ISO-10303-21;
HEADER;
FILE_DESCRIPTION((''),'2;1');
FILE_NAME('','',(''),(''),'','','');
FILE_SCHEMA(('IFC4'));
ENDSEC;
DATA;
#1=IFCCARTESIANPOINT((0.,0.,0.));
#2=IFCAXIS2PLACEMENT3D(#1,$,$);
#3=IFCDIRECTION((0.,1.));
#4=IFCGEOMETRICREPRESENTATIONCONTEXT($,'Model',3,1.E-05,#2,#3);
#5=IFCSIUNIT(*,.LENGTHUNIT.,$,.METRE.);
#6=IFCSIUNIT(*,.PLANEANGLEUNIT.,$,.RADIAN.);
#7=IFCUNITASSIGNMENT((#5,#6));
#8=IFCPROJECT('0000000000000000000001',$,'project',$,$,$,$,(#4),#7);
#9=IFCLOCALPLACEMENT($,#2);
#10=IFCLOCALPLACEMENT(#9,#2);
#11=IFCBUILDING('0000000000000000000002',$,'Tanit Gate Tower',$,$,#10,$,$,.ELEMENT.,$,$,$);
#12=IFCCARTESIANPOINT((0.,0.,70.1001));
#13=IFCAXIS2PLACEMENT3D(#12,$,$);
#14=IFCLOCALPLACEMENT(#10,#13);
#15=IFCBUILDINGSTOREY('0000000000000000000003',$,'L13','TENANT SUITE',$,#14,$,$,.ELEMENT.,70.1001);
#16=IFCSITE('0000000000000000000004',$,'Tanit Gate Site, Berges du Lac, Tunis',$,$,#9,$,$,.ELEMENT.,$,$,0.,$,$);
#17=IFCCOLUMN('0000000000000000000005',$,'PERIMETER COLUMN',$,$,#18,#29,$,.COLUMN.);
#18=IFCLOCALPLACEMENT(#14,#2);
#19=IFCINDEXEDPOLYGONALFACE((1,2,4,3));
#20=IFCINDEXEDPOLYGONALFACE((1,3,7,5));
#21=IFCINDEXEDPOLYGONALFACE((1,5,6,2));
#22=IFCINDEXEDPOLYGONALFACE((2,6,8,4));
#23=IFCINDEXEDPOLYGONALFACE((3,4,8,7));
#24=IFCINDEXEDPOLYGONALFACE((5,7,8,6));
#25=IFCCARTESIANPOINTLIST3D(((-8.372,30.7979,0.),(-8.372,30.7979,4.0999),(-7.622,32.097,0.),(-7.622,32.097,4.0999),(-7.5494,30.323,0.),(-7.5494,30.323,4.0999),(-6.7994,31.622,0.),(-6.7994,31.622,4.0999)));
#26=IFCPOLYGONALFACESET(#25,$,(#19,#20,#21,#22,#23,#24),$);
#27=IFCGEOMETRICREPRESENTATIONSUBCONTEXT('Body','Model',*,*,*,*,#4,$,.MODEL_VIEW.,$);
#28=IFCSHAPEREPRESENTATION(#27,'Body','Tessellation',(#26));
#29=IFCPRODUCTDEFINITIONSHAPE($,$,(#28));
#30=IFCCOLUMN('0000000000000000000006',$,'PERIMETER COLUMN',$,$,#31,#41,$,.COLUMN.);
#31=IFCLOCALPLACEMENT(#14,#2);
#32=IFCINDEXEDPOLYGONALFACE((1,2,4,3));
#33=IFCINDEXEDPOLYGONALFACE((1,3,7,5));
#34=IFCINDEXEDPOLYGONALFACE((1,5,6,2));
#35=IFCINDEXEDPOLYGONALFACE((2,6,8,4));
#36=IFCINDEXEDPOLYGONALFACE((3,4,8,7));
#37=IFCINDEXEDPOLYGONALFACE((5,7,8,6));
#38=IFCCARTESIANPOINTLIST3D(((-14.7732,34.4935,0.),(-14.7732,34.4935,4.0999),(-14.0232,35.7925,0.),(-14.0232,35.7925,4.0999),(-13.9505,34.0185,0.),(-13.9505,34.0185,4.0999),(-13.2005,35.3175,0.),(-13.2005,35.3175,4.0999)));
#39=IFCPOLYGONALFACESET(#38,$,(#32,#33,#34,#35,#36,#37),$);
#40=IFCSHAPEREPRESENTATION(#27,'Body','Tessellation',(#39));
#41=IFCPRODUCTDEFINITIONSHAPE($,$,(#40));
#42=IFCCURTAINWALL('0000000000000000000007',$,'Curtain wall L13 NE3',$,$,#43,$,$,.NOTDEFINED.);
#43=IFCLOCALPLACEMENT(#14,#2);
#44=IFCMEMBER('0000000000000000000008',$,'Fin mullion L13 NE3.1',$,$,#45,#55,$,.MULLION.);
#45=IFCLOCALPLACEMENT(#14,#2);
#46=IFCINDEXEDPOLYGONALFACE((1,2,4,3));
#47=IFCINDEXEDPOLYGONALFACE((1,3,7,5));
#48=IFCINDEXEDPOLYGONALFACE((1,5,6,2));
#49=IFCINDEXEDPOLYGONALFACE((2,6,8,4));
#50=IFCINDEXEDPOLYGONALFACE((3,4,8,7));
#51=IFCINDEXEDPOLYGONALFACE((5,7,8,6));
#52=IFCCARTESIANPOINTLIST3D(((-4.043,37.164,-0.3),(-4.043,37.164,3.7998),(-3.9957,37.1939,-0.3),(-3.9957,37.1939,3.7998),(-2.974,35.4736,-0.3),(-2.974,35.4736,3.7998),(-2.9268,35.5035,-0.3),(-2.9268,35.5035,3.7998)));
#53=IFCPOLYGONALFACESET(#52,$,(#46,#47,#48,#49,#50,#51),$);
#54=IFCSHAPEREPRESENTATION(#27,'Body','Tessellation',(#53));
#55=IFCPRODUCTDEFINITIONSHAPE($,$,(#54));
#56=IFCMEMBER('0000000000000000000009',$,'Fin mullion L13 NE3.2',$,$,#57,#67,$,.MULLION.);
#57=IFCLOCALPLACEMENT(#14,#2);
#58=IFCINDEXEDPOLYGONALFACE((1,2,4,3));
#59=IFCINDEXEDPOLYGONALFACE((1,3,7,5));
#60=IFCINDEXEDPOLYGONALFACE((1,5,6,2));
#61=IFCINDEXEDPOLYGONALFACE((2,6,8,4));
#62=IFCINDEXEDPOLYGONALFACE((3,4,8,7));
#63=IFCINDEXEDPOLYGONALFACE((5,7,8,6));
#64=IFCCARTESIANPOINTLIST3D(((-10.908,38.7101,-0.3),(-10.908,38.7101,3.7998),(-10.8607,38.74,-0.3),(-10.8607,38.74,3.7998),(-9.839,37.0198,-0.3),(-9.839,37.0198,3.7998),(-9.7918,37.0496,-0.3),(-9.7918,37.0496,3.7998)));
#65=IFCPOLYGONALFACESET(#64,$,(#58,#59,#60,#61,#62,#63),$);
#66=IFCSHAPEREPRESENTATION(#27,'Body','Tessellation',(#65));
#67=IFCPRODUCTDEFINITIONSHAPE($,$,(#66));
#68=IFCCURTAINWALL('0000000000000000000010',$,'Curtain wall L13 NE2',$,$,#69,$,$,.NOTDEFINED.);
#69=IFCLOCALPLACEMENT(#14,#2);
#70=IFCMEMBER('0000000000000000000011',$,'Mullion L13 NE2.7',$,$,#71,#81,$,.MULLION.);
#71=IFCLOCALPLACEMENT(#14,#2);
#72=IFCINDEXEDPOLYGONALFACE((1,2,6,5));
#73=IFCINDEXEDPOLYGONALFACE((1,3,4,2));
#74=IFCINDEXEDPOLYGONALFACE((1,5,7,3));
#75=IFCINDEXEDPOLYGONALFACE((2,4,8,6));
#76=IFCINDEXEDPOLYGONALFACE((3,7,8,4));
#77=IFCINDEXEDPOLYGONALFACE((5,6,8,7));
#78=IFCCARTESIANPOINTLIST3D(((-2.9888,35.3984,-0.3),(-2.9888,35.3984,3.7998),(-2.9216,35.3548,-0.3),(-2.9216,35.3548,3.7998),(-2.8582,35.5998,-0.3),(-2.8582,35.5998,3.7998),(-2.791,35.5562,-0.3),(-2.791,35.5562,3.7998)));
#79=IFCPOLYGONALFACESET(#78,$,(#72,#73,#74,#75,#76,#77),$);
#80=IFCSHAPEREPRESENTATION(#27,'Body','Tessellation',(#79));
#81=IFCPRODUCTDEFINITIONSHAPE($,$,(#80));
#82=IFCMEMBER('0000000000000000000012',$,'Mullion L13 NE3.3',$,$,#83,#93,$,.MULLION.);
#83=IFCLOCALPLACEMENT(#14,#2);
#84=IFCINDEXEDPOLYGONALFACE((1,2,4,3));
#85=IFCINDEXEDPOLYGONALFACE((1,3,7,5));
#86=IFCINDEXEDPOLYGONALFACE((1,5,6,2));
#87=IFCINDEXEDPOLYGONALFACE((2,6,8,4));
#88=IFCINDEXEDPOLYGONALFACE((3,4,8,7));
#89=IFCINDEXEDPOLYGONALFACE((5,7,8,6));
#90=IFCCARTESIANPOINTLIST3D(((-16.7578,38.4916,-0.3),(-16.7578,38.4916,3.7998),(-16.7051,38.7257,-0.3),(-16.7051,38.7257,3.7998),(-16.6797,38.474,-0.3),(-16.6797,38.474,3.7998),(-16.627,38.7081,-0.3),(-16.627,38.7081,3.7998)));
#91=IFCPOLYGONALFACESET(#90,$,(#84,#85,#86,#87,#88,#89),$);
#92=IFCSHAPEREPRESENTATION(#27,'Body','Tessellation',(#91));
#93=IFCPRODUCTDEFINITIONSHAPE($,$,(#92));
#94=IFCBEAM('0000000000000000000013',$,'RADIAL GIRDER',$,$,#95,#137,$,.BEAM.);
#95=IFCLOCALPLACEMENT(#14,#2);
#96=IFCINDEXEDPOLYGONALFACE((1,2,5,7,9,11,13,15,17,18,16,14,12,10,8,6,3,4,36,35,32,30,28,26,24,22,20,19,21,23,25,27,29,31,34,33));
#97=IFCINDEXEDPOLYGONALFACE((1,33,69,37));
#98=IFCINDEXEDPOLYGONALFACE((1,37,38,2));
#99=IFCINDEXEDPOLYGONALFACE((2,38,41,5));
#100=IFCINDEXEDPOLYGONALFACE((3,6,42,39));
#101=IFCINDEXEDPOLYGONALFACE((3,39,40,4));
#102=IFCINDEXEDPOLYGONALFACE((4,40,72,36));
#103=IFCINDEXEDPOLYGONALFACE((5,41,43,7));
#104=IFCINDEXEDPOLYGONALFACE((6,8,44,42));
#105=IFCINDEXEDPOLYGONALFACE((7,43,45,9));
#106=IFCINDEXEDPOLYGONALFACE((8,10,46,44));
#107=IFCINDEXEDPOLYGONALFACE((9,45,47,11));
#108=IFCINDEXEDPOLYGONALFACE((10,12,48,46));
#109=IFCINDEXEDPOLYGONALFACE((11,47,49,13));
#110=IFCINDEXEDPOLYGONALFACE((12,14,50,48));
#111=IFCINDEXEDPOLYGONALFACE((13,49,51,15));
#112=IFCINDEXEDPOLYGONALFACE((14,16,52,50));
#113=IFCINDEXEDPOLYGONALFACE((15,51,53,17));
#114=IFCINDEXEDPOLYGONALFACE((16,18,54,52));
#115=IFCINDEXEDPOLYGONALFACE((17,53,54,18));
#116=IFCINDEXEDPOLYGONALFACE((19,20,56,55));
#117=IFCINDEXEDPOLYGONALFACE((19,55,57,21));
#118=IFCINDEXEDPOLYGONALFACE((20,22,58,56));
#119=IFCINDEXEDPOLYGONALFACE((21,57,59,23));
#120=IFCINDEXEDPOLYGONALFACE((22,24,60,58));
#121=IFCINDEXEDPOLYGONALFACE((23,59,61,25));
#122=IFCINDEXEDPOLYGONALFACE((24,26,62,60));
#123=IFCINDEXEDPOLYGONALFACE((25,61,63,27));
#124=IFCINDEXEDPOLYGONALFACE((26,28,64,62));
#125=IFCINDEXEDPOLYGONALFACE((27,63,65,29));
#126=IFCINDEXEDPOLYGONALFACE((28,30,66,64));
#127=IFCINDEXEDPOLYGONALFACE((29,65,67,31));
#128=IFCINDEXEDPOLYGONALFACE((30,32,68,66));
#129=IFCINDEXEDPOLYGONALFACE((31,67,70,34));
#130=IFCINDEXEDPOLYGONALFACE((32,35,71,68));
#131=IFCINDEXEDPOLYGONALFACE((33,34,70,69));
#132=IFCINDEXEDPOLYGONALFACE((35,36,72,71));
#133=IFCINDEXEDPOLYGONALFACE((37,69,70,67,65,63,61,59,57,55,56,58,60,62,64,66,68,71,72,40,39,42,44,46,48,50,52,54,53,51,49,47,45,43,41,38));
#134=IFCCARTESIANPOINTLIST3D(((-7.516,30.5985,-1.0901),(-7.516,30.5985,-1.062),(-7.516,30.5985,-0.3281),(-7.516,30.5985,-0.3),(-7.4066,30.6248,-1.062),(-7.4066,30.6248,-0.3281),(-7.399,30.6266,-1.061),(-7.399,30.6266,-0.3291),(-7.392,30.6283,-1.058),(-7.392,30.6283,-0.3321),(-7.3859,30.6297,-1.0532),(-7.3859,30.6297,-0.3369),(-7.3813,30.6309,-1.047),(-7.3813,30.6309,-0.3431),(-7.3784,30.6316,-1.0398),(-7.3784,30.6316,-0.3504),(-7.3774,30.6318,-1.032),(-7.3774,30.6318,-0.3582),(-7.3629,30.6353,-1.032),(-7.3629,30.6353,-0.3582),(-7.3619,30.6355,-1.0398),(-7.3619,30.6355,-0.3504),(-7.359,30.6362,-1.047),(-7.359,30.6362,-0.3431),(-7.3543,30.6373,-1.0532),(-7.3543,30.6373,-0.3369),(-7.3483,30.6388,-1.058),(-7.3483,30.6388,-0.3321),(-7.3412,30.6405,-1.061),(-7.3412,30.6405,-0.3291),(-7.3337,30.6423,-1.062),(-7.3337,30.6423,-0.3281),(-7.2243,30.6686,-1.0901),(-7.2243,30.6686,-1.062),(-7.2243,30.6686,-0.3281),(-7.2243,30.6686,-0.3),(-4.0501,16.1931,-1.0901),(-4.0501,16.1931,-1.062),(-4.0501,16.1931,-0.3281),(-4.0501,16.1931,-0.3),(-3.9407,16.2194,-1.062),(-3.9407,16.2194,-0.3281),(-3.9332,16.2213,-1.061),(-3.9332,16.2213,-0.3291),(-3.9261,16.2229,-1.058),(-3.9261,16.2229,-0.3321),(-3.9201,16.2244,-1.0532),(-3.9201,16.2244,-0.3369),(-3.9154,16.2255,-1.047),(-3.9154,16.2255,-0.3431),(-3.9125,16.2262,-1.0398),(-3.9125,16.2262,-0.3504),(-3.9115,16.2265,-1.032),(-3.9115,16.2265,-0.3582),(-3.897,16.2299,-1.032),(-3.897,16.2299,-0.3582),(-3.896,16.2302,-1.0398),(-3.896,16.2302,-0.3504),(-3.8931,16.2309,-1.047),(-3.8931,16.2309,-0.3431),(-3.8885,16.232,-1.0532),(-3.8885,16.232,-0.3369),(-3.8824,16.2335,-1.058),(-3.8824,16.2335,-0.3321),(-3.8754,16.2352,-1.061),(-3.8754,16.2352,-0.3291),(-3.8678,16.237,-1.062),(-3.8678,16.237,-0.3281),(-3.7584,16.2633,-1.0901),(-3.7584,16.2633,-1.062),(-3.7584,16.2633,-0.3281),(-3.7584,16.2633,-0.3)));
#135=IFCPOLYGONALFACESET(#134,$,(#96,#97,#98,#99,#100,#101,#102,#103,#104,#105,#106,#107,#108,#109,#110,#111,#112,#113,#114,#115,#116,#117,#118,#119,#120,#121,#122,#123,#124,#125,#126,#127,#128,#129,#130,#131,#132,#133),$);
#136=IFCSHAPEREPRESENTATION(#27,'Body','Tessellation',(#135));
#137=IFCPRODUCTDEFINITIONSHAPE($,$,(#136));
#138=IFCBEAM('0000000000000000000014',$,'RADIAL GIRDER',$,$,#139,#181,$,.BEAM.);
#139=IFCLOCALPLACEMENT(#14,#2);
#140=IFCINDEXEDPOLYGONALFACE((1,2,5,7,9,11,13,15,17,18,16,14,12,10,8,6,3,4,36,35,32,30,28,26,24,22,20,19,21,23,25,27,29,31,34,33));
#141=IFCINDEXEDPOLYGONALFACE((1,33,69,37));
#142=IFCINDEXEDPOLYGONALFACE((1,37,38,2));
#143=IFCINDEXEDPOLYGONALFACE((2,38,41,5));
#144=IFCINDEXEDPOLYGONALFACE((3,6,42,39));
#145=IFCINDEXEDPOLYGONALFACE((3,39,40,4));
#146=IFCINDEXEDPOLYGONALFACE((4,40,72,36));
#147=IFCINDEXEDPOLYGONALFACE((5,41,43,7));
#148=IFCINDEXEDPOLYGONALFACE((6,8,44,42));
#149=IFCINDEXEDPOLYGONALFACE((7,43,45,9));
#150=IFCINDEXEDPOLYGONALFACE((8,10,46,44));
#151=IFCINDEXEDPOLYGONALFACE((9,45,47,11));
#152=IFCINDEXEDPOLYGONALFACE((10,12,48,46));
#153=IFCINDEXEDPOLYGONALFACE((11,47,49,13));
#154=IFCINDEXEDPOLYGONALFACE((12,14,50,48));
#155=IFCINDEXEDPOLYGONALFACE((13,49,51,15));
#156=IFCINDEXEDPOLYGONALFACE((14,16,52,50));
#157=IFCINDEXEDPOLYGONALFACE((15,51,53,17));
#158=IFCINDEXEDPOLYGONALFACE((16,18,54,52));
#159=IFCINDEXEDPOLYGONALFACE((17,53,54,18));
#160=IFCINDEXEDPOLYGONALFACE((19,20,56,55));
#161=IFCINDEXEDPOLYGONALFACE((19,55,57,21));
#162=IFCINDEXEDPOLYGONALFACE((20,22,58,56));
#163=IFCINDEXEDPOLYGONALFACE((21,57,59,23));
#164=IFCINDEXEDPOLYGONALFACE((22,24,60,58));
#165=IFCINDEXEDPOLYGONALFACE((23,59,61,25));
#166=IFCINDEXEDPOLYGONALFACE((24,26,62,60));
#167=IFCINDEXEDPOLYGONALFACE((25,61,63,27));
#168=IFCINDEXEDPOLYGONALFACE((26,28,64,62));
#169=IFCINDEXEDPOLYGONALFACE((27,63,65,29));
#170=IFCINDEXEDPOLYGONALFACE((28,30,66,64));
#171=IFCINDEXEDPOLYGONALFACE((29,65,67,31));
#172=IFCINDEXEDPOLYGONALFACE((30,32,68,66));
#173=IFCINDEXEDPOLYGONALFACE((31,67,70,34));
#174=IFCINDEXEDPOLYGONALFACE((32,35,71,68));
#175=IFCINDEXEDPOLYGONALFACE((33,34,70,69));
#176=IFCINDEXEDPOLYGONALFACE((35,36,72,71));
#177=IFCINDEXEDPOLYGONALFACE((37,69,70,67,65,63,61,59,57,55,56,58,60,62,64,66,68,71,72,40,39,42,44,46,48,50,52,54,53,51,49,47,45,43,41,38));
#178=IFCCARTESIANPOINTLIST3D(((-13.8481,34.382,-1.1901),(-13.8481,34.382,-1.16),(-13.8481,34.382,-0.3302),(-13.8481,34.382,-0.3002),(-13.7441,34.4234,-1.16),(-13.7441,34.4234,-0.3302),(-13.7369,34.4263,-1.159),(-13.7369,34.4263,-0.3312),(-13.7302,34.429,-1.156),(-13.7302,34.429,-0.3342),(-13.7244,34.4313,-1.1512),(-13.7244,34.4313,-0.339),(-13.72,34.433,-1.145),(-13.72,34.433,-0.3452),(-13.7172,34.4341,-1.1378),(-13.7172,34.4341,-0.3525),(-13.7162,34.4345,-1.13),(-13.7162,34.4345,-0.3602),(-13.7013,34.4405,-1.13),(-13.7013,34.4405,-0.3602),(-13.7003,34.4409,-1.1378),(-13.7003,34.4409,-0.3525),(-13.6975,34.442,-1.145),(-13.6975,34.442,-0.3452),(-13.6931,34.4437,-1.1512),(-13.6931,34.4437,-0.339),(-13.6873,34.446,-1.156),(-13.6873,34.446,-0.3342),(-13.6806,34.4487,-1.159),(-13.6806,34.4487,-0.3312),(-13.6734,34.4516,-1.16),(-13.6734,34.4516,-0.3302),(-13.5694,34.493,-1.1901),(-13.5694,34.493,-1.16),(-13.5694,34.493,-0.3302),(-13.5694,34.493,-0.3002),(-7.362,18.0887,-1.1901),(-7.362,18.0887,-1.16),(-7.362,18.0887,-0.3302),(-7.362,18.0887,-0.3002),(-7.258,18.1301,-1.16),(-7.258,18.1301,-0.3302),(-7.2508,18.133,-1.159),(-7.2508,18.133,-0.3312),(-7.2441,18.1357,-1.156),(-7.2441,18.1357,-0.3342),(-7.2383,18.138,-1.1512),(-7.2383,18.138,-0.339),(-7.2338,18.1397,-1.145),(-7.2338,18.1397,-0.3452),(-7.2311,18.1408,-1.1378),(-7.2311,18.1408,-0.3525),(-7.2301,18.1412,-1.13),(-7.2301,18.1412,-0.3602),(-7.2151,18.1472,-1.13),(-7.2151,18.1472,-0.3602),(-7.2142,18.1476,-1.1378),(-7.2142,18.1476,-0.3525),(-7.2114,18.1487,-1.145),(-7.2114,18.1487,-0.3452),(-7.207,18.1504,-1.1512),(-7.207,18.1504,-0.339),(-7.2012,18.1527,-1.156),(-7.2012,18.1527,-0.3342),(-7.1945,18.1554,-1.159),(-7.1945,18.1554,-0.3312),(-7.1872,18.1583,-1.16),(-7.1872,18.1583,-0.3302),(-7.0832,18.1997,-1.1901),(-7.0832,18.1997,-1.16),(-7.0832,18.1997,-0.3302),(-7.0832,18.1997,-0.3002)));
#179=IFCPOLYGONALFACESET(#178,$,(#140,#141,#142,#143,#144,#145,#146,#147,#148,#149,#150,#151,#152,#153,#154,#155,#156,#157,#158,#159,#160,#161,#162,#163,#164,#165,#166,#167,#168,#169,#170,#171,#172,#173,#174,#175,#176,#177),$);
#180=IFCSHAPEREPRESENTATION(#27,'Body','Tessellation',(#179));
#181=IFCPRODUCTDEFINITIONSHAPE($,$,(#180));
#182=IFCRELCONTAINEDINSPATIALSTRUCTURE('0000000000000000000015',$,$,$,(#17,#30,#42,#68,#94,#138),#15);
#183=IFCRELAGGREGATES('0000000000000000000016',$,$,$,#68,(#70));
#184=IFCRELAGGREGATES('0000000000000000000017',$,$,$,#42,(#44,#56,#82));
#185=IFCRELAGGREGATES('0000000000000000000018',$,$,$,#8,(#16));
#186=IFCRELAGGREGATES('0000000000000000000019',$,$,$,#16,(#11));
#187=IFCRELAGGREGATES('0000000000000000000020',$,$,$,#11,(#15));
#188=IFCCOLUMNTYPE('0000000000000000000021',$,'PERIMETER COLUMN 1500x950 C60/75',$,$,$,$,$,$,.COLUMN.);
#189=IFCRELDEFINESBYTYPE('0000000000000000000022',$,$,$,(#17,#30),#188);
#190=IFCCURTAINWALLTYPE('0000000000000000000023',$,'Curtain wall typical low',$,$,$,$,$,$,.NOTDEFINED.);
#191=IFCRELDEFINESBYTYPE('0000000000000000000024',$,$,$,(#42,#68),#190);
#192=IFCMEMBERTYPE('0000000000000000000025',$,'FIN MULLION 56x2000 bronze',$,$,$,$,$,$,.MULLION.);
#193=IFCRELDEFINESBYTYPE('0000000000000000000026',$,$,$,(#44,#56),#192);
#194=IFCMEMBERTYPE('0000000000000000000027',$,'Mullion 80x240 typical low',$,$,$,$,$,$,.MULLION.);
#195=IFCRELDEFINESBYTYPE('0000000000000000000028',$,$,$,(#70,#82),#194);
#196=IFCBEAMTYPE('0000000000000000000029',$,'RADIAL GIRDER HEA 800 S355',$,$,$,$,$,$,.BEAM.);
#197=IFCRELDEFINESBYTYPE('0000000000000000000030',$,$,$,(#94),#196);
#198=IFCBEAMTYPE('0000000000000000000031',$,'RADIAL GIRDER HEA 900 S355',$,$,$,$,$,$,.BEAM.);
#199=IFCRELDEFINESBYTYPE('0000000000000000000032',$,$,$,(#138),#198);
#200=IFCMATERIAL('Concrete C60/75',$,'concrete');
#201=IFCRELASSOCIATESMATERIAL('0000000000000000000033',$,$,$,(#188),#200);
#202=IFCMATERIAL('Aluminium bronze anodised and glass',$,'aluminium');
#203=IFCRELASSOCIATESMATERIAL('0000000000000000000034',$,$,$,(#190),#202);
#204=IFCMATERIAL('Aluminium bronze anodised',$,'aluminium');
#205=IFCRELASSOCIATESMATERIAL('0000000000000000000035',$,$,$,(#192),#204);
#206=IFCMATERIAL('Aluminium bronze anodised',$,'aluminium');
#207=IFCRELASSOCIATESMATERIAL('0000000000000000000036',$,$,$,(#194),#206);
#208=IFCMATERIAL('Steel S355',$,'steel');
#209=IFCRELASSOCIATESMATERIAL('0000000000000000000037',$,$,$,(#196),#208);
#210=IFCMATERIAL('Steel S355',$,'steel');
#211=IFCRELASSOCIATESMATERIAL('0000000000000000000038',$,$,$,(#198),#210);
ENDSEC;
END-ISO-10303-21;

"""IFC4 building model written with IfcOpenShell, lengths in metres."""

from ifc_helpers import new_model, si_unit, direction, frame, origin, origin_2d, place, context, subcontext, project, spatial, rectangle, i_section, extrude, material, material_profile, profile_set, type_object, element, aggregate, save


model = new_model("IFC4")

# Units and contexts
model_context = context("Model", 3, precision=1e-05, world=origin(), true_north=direction((0.0, 1.0)))
body_context = subcontext(model_context, "Body", "Model", "MODEL_VIEW")
ifc_project = project(units=[si_unit("LENGTHUNIT", "METRE"), si_unit("PLANEANGLEUNIT", "RADIAN")], contexts=[model_context])

# Site, building, storey
site_placement = place(None, origin())
site = spatial("IfcSite", under=ifc_project, at=site_placement, Name="Tanit Gate Site, Berges du Lac, Tunis", CompositionType="ELEMENT", RefElevation=0.0)
building_placement = place(site_placement, origin())
building = spatial("IfcBuilding", under=site, at=building_placement, Name="Tanit Gate Tower", CompositionType="ELEMENT")
storey_placement = place(building_placement, frame((0.0, 0.0, 70.1001)))
storey = spatial("IfcBuildingStorey", under=building, at=storey_placement, Name="L13", Description="TENANT SUITE", CompositionType="ELEMENT", Elevation=70.1001)

# Columns
ifc_material_1 = material(Name="Concrete C60/75", Category="concrete")
ifc_material_profile_1 = material_profile(ifc_material_1, rectangle(XDim=1.5, YDim=0.95, at=origin_2d()), Name="RC 1500x950")
ifc_profile_set_1 = profile_set([ifc_material_profile_1], Name="Concrete C60/75")
column_type = type_object("IfcColumnType", Name="PERIMETER COLUMN 1500x950 C60/75", PredefinedType="COLUMN", material=ifc_profile_set_1)
for number, where, z_axis, x_axis, name in (
    (1, (-7.5857, 31.21, 0.0), (0.0, 0.0, 1.0), (0.5, 0.866025, 0.0), "PERIMETER COLUMN"),
    (2, (-13.9868, 34.9055, 0.0), (0.0, 0.0, 1.0), (0.5, 0.866025, 0.0), "PERIMETER COLUMN"),
):
    element("IfcColumn", number, at=place(storey_placement, frame(where, z_axis=z_axis, x_axis=x_axis)), inside=storey, type_object=column_type, Name=name, PredefinedType="COLUMN", context=body_context, shape_type="SweptSolid", body=[
        extrude(rectangle(XDim=1.5, YDim=0.95, at=origin_2d()), origin(), (0.0, 0.0, 1.0), 4.0999),
    ])

# Curtain wall, members
ifc_material_2 = material(Name="Aluminium bronze anodised and glass", Category="aluminium")
curtain_wall_type = type_object("IfcCurtainWallType", Name="Curtain wall typical low", PredefinedType="NOTDEFINED", material=ifc_material_2)
curtain_wall_1_placement = place(storey_placement, origin())
curtain_wall_1 = element("IfcCurtainWall", 3, at=curtain_wall_1_placement, inside=storey, type_object=curtain_wall_type, Name="Curtain wall L13 NE3", PredefinedType="NOTDEFINED")
ifc_material_3 = material(Name="Aluminium bronze anodised", Category="aluminium")
ifc_material_profile_2 = material_profile(ifc_material_3, rectangle(XDim=2.0, YDim=0.0559, at=origin_2d()), Name="56x2000 bronze fin mullion")
ifc_profile_set_2 = profile_set([ifc_material_profile_2], Name="Aluminium bronze anodised")
member_type_1 = type_object("IfcMemberType", Name="FIN MULLION 56x2000 bronze", PredefinedType="MULLION", material=ifc_profile_set_2)
member_1_placement = place(storey_placement, frame((-3.4849, 36.3337, -0.3), z_axis=(0.0, 0.0, 1.0), x_axis=(0.534475, -0.845184, 0.0)))
member_1 = element("IfcMember", 4, at=member_1_placement, type_object=member_type_1, Name="Fin mullion L13 NE3.1", PredefinedType="MULLION", context=body_context, shape_type="SweptSolid", body=[
    extrude(rectangle(XDim=2.0, YDim=0.0559, at=origin_2d()), origin(), (0.0, 0.0, 1.0), 4.0999),
])
member_2_placement = place(storey_placement, frame((-10.3499, 37.8799, -0.3), z_axis=(0.0, 0.0, 1.0), x_axis=(0.534475, -0.845184, 0.0)))
member_2 = element("IfcMember", 5, at=member_2_placement, type_object=member_type_1, Name="Fin mullion L13 NE3.2", PredefinedType="MULLION", context=body_context, shape_type="SweptSolid", body=[
    extrude(rectangle(XDim=2.0, YDim=0.0559, at=origin_2d()), origin(), (0.0, 0.0, 1.0), 4.0999),
])

# Curtain wall, member
curtain_wall_2_placement = place(storey_placement, origin())
curtain_wall_2 = element("IfcCurtainWall", 6, at=curtain_wall_2_placement, inside=storey, type_object=curtain_wall_type, Name="Curtain wall L13 NE2", PredefinedType="NOTDEFINED")
ifc_material_4 = material(Name="Aluminium bronze anodised", Category="aluminium")
ifc_material_profile_3 = material_profile(ifc_material_4, rectangle(XDim=0.24, YDim=0.0801, at=origin_2d()), Name="80x240 bronze mullion")
ifc_profile_set_3 = profile_set([ifc_material_profile_3], Name="Aluminium bronze anodised")
member_type_2 = type_object("IfcMemberType", Name="Mullion 80x240 typical low", PredefinedType="MULLION", material=ifc_profile_set_3)
member_3_placement = place(storey_placement, frame((-2.8899, 35.4773, -0.3), z_axis=(0.0, 0.0, 1.0), x_axis=(-0.544243, -0.838927, 0.0)))
member_3 = element("IfcMember", 7, at=member_3_placement, type_object=member_type_2, Name="Mullion L13 NE2.7", PredefinedType="MULLION", context=body_context, shape_type="SweptSolid", body=[
    extrude(rectangle(XDim=0.24, YDim=0.0801, at=origin_2d()), origin(), (0.0, 0.0, 1.0), 4.0999),
])
aggregate(curtain_wall_2, [member_3])

# Member
member_4_placement = place(storey_placement, frame((-16.6924, 38.5999, -0.3), z_axis=(0.0, 0.0, 1.0), x_axis=(-0.219705, -0.975566, 0.0)))
member_4 = element("IfcMember", 8, at=member_4_placement, type_object=member_type_2, Name="Mullion L13 NE3.3", PredefinedType="MULLION", context=body_context, shape_type="SweptSolid", body=[
    extrude(rectangle(XDim=0.24, YDim=0.0801, at=origin_2d()), origin(), (0.0, 0.0, 1.0), 4.0999),
])

# Beams
ifc_material_5 = material(Name="Steel S355", Category="steel")
ifc_material_profile_4 = material_profile(ifc_material_5, i_section(OverallWidth=0.3, OverallDepth=0.79, WebThickness=0.0149, FlangeThickness=0.0281, FilletRadius=0.03, at=origin_2d()), Name="HEA 800")
ifc_profile_set_4 = profile_set([ifc_material_profile_4], Name="Steel S355")
beam_type_1 = type_object("IfcBeamType", Name="RADIAL GIRDER HEA 800 S355", PredefinedType="BEAM", material=ifc_profile_set_4)
beam_1_placement = place(storey_placement, frame((-7.3701, 30.6335, -0.6951), z_axis=(0.233919, -0.972256, 0.0), x_axis=(0.972256, 0.233919, 0.0)))
element("IfcBeam", 9, at=beam_1_placement, inside=storey, type_object=beam_type_1, Name="RADIAL GIRDER", PredefinedType="BEAM", context=body_context, shape_type="SweptSolid", body=[
    extrude(i_section(OverallWidth=0.3, OverallDepth=0.79, WebThickness=0.0149, FlangeThickness=0.0281, FilletRadius=0.03, at=origin_2d()), origin(), (0.0, 0.0, 1.0), 14.8164),
])
ifc_material_6 = material(Name="Steel S355", Category="steel")
ifc_material_profile_5 = material_profile(ifc_material_6, i_section(OverallWidth=0.3, OverallDepth=0.8899, WebThickness=0.0161, FlangeThickness=0.03, FilletRadius=0.03, at=origin_2d()), Name="HEA 900")
ifc_profile_set_5 = profile_set([ifc_material_profile_5], Name="Steel S355")
beam_type_2 = type_object("IfcBeamType", Name="RADIAL GIRDER HEA 900 S355", PredefinedType="BEAM", material=ifc_profile_set_5)
beam_2_placement = place(storey_placement, frame((-13.7087, 34.4375, -0.7451), z_axis=(0.369856, -0.929089, 0.0), x_axis=(0.929089, 0.369856, 0.0)))
element("IfcBeam", 10, at=beam_2_placement, inside=storey, type_object=beam_type_2, Name="RADIAL GIRDER", PredefinedType="BEAM", context=body_context, shape_type="SweptSolid", body=[
    extrude(i_section(OverallWidth=0.3, OverallDepth=0.8899, WebThickness=0.0161, FlangeThickness=0.03, FilletRadius=0.03, at=origin_2d()), origin(), (0.0, 0.0, 1.0), 17.5369),
])

aggregate(curtain_wall_1, [member_1, member_2, member_4])

save(model, "model.ifc")
